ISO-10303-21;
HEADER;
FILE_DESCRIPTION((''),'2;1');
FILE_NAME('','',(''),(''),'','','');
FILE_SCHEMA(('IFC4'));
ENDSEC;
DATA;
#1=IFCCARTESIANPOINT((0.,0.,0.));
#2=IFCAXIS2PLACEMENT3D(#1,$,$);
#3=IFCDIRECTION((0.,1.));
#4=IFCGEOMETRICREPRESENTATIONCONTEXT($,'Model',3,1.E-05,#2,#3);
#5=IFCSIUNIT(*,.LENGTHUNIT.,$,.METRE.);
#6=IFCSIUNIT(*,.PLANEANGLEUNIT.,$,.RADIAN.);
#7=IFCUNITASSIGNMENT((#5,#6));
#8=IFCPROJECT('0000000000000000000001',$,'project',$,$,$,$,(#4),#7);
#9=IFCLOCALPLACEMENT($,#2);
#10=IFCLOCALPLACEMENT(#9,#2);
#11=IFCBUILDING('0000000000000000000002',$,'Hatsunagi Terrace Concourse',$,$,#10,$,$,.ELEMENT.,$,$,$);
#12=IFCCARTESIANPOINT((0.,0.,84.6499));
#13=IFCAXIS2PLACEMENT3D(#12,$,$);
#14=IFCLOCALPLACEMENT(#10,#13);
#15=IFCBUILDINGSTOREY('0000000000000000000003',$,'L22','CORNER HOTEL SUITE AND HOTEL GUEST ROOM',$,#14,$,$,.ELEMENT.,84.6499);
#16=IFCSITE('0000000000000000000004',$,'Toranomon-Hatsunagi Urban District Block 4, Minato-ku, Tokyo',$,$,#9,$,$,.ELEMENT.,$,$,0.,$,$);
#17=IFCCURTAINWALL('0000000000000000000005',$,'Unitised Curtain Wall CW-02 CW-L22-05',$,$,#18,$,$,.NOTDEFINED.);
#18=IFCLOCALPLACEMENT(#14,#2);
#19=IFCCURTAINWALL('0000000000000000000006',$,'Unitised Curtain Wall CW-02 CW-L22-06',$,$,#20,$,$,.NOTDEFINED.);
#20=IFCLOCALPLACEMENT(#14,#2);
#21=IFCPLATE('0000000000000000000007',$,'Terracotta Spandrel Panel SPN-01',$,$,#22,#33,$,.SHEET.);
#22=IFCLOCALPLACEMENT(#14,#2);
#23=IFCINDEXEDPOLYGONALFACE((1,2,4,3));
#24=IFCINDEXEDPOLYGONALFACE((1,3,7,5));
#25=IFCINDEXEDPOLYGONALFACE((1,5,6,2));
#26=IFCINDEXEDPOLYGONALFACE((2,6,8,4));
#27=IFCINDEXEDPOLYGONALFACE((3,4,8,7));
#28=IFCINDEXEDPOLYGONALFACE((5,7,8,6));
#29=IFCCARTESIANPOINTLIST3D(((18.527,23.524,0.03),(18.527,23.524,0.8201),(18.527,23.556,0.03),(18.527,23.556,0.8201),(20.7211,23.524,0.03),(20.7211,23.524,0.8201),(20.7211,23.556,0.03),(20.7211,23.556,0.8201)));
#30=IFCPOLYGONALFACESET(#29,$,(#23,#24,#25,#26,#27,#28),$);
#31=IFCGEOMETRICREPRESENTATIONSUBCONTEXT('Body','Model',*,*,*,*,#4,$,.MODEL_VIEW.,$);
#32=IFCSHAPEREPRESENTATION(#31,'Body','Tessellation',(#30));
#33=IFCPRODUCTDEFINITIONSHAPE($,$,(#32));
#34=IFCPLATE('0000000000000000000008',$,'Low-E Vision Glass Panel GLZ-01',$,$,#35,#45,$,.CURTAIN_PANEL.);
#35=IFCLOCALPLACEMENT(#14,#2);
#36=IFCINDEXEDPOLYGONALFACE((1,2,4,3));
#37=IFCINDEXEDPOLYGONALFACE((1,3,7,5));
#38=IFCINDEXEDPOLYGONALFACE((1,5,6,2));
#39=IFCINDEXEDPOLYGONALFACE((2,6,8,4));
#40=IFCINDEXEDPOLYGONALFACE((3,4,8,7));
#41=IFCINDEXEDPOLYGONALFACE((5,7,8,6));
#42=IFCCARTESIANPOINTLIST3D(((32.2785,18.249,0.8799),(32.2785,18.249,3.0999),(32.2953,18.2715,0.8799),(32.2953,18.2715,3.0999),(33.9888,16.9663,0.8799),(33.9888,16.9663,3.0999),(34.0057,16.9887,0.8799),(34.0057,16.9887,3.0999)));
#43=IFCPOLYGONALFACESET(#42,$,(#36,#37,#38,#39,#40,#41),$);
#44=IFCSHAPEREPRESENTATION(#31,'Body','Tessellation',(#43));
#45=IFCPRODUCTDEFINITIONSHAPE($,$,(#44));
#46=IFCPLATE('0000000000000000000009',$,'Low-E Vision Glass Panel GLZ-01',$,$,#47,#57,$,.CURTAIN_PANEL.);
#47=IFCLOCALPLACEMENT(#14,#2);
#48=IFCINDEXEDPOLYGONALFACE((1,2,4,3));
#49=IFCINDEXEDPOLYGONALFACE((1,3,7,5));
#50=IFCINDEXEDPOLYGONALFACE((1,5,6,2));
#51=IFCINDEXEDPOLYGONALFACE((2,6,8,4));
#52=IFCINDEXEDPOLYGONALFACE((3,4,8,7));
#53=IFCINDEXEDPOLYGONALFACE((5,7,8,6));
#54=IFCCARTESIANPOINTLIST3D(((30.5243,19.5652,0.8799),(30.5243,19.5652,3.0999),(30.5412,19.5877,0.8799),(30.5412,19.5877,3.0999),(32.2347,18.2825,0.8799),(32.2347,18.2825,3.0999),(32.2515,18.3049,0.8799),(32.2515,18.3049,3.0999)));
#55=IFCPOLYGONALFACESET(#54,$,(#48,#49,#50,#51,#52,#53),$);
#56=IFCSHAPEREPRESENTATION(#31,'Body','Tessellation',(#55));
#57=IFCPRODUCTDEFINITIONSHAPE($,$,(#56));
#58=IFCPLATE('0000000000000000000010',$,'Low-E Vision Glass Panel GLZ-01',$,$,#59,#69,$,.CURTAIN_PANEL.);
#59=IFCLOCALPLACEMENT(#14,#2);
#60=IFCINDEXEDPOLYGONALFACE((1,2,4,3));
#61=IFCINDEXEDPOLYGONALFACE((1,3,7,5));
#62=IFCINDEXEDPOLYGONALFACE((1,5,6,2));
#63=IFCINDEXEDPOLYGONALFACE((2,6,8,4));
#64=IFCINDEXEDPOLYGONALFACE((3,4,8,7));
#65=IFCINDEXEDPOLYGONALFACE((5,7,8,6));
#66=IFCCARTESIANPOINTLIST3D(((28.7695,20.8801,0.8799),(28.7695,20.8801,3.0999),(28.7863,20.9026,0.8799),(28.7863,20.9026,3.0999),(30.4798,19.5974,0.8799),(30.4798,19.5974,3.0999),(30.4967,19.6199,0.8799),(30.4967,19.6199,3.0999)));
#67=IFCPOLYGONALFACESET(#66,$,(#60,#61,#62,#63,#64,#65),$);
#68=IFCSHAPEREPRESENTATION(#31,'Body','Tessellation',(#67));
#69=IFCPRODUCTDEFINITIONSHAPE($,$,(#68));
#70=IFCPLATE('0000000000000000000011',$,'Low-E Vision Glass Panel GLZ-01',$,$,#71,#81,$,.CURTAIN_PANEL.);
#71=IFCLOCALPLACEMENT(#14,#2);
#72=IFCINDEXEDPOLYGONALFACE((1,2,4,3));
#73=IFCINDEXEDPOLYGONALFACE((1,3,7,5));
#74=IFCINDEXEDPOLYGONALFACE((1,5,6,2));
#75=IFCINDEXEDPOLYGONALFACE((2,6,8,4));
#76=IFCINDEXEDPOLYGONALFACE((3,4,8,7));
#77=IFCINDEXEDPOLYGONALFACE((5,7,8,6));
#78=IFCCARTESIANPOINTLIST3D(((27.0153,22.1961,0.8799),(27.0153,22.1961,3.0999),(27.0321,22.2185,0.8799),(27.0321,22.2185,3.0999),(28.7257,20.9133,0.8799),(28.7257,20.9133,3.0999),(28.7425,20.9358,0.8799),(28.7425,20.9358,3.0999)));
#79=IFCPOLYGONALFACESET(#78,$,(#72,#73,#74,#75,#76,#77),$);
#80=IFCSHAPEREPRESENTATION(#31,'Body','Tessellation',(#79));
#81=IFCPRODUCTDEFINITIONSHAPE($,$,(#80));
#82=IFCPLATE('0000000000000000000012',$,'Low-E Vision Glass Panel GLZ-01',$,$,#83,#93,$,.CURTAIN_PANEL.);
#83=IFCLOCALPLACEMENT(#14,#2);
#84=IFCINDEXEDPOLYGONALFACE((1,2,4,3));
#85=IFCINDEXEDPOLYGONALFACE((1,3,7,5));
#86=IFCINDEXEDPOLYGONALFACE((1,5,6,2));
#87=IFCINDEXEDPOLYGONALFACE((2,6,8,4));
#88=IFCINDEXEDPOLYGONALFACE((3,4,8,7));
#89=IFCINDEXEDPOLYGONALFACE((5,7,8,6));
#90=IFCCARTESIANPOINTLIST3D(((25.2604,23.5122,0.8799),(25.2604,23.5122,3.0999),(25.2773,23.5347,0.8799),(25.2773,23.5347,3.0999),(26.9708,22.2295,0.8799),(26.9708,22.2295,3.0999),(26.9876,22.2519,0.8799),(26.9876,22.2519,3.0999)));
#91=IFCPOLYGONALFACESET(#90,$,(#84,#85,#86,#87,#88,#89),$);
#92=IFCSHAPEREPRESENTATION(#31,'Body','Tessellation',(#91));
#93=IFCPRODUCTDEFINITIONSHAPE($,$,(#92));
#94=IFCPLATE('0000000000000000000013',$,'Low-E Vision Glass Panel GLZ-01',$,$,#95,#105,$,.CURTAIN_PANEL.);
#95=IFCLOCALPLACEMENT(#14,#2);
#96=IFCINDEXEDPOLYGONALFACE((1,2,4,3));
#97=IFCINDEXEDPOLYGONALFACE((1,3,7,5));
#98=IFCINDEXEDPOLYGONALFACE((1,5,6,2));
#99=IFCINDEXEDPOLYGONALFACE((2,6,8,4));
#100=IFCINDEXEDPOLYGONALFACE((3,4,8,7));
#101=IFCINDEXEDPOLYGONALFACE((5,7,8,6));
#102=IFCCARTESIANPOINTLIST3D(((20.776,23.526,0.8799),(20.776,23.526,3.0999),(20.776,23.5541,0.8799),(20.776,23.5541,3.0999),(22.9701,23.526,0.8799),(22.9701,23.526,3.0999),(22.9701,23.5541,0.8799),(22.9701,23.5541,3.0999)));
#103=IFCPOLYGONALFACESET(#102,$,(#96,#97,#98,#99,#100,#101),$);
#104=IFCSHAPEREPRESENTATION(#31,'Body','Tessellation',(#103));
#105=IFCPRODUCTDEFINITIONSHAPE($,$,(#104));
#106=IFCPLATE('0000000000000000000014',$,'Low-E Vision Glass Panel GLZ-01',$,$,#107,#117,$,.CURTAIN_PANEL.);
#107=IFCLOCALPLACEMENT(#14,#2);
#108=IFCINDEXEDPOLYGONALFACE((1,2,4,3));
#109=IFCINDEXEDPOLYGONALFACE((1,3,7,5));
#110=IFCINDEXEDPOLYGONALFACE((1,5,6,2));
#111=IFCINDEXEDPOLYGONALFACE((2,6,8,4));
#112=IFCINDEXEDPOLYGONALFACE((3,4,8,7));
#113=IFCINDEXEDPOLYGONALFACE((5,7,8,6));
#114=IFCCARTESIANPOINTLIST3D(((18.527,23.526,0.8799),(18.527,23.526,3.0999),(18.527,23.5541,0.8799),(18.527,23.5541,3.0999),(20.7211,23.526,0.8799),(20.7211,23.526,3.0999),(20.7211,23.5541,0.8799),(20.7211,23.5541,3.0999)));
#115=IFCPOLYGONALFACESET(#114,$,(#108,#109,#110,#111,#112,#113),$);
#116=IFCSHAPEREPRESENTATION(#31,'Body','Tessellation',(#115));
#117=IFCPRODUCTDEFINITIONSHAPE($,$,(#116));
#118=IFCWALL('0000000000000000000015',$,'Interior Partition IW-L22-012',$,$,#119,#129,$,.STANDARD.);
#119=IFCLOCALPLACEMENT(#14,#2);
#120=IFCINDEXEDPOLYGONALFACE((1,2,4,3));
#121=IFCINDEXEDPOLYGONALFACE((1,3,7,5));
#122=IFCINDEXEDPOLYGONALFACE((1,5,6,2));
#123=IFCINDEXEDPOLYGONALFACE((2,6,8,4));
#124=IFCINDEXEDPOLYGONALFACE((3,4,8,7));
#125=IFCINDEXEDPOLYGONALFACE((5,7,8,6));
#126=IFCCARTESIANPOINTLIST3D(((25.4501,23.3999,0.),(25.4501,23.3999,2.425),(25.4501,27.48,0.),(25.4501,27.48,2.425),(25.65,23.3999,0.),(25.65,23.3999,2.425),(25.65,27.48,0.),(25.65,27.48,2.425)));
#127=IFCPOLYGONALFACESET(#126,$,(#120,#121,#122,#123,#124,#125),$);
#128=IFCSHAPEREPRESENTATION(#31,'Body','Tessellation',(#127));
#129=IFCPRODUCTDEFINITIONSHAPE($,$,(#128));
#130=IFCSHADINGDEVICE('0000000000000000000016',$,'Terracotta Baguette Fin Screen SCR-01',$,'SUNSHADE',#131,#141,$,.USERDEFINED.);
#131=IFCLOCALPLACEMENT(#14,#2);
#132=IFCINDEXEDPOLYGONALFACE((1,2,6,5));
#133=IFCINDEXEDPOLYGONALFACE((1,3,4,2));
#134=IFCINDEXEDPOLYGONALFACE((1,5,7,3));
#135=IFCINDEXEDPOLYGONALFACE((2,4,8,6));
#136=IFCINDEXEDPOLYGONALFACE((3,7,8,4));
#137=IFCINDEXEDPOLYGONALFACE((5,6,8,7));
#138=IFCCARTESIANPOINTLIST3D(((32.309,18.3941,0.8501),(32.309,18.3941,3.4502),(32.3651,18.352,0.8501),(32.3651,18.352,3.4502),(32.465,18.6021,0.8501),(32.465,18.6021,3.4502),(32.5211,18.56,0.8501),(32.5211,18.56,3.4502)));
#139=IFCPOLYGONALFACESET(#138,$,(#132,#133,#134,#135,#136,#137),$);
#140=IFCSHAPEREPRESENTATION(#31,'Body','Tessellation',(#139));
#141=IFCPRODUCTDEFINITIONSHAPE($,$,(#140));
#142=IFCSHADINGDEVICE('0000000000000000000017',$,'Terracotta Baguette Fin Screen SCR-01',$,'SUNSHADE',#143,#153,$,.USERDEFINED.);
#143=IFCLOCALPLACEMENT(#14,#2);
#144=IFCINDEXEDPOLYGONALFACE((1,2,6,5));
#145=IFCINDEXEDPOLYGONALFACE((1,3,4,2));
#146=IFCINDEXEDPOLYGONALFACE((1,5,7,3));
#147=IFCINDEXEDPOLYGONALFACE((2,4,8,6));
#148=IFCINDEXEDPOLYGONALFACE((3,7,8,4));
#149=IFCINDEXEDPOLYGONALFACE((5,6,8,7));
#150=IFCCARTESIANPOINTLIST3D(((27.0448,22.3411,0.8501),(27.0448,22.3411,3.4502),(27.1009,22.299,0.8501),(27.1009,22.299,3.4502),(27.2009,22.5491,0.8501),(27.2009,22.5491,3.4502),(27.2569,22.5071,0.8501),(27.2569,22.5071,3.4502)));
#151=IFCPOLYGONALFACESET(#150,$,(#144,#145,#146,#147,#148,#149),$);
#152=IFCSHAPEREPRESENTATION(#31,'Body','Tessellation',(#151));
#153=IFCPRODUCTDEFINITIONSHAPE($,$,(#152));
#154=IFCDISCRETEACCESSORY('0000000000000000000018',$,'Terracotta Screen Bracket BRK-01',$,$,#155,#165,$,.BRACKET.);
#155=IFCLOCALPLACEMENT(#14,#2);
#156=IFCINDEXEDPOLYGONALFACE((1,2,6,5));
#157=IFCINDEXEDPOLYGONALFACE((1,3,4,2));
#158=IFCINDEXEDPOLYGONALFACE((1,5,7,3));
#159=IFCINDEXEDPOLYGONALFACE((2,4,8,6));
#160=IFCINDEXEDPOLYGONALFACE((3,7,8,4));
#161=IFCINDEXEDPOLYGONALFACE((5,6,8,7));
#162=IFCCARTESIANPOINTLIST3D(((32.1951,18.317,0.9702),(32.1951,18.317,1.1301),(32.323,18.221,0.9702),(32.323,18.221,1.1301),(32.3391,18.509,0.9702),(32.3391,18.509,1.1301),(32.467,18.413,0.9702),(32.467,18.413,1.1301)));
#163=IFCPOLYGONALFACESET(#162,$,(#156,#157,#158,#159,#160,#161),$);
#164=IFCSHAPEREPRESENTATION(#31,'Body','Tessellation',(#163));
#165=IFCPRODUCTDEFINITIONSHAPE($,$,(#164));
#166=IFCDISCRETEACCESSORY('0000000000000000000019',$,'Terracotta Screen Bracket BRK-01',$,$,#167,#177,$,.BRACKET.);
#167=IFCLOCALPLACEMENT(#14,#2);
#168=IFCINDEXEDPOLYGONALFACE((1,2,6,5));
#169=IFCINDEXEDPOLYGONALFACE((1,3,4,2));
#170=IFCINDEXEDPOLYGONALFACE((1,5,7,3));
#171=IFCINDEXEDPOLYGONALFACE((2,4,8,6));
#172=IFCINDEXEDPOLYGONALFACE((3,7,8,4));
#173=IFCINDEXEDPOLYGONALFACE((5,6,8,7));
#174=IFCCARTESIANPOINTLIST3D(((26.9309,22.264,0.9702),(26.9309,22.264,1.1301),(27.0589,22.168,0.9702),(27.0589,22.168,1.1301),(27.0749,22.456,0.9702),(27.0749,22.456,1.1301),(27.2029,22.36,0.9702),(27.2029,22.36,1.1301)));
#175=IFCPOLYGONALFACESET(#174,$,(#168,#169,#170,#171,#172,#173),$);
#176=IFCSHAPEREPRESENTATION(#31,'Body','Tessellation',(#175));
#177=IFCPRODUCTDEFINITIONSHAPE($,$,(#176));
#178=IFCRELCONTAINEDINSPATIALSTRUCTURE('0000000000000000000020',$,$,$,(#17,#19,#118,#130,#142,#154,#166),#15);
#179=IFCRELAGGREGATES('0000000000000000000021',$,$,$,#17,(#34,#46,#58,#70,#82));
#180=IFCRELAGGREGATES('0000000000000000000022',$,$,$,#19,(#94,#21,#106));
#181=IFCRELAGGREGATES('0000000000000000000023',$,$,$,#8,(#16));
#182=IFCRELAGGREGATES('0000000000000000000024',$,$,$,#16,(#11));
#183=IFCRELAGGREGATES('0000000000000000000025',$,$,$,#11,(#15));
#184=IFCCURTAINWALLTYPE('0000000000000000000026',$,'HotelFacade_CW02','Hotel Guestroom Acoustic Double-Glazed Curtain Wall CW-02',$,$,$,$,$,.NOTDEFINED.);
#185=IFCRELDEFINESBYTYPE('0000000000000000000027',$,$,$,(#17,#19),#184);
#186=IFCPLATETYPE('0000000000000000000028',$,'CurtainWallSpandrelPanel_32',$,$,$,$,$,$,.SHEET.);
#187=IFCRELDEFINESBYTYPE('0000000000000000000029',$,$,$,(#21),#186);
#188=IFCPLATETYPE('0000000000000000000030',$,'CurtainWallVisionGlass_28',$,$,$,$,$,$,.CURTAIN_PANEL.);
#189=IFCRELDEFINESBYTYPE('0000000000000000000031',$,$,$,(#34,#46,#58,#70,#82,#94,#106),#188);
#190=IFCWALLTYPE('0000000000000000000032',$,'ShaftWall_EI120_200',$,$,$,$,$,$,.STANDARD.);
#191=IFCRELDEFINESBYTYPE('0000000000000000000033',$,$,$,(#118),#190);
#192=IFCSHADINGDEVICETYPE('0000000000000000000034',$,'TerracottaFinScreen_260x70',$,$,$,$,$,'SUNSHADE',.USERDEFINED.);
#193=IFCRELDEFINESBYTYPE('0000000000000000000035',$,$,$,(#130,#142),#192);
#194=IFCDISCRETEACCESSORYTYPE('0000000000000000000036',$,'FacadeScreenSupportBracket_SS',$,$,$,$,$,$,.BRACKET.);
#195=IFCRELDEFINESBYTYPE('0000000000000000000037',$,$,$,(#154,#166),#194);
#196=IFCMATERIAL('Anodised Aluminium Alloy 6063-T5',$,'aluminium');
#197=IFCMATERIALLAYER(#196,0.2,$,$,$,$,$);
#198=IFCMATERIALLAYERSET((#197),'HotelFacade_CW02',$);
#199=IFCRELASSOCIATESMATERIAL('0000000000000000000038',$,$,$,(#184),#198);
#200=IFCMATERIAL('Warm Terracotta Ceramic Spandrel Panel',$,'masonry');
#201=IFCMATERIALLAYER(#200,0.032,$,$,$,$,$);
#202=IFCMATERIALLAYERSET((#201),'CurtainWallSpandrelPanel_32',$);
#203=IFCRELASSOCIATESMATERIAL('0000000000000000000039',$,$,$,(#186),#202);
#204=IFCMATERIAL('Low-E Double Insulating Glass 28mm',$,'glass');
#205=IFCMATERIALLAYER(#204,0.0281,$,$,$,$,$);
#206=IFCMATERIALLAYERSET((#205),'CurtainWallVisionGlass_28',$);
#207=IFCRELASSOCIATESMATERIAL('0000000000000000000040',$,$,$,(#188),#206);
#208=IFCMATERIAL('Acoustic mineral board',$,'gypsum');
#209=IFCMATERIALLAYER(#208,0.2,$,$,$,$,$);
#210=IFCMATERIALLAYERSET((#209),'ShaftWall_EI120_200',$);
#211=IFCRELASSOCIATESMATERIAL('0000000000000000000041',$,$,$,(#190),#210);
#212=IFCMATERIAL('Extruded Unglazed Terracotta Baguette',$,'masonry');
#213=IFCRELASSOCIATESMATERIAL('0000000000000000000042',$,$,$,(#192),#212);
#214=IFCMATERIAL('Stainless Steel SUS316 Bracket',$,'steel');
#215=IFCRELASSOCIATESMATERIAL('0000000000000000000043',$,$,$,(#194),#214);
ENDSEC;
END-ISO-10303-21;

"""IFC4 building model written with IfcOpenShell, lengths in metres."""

from ifc_helpers import new_model, si_unit, direction, frame, frame_2d, origin, origin_2d, place, context, subcontext, project, spatial, rectangle, extrude, material, layer, layer_set, type_object, element, aggregate, save


model = new_model("IFC4")

# Units and contexts
model_context = context("Model", 3, precision=1e-05, world=origin(), true_north=direction((0.0, 1.0)))
body_context = subcontext(model_context, "Body", "Model", "MODEL_VIEW")
ifc_project = project(units=[si_unit("LENGTHUNIT", "METRE"), si_unit("PLANEANGLEUNIT", "RADIAN")], contexts=[model_context])

# Site, building, storey
site_placement = place(None, origin())
site = spatial("IfcSite", under=ifc_project, at=site_placement, Name="Toranomon-Hatsunagi Urban District Block 4, Minato-ku, Tokyo", CompositionType="ELEMENT", RefElevation=0.0)
building_placement = place(site_placement, origin())
building = spatial("IfcBuilding", under=site, at=building_placement, Name="Hatsunagi Terrace Concourse", CompositionType="ELEMENT")
storey_placement = place(building_placement, frame((0.0, 0.0, 84.6499)))
storey = spatial("IfcBuildingStorey", under=building, at=storey_placement, Name="L22", Description="CORNER HOTEL SUITE AND HOTEL GUEST ROOM", CompositionType="ELEMENT", Elevation=84.6499)

# Curtain walls
ifc_material_1 = material(Name="Anodised Aluminium Alloy 6063-T5", Category="aluminium")
ifc_layer_1 = layer(ifc_material_1, 0.2)
ifc_layer_set_1 = layer_set([ifc_layer_1], Name="HotelFacade_CW02")
curtain_wall_type = type_object("IfcCurtainWallType", Name="HotelFacade_CW02", Description="Hotel Guestroom Acoustic Double-Glazed Curtain Wall CW-02", PredefinedType="NOTDEFINED", material=ifc_layer_set_1)
curtain_wall_1_placement = place(storey_placement, origin())
curtain_wall_1 = element("IfcCurtainWall", 1, at=curtain_wall_1_placement, inside=storey, type_object=curtain_wall_type, Name="Unitised Curtain Wall CW-02 CW-L22-05", PredefinedType="NOTDEFINED")
curtain_wall_2_placement = place(storey_placement, origin())
curtain_wall_2 = element("IfcCurtainWall", 2, at=curtain_wall_2_placement, inside=storey, type_object=curtain_wall_type, Name="Unitised Curtain Wall CW-02 CW-L22-06", PredefinedType="NOTDEFINED")

# Plates
ifc_material_2 = material(Name="Warm Terracotta Ceramic Spandrel Panel", Category="masonry")
ifc_layer_2 = layer(ifc_material_2, 0.032)
ifc_layer_set_2 = layer_set([ifc_layer_2], Name="CurtainWallSpandrelPanel_32")
plate_type_1 = type_object("IfcPlateType", Name="CurtainWallSpandrelPanel_32", PredefinedType="SHEET", material=ifc_layer_set_2)
plate_1_placement = place(storey_placement, frame((19.624, 23.54, 0.03), z_axis=(0.0, 0.0, 1.0), x_axis=(-1.0, 0.0, 0.0)))
plate_1 = element("IfcPlate", 3, at=plate_1_placement, type_object=plate_type_1, Name="Terracotta Spandrel Panel SPN-01", PredefinedType="SHEET", context=body_context, shape_type="SweptSolid", body=[
    extrude(rectangle(XDim=2.1941, YDim=0.032, at=origin_2d()), origin(), (0.0, 0.0, 1.0), 0.79),
])
ifc_material_3 = material(Name="Low-E Double Insulating Glass 28mm", Category="glass")
ifc_layer_3 = layer(ifc_material_3, 0.0281)
ifc_layer_set_3 = layer_set([ifc_layer_3], Name="CurtainWallVisionGlass_28")
plate_type_2 = type_object("IfcPlateType", Name="CurtainWallVisionGlass_28", PredefinedType="CURTAIN_PANEL", material=ifc_layer_set_3)
plate_2_placement = place(storey_placement, frame((33.1421, 17.6189, 0.8799), z_axis=(0.0, 0.0, 1.0), x_axis=(-0.800003, 0.599996, 0.0)))
plate_2 = element("IfcPlate", 4, at=plate_2_placement, type_object=plate_type_2, Name="Low-E Vision Glass Panel GLZ-01", PredefinedType="CURTAIN_PANEL", context=body_context, shape_type="SweptSolid", body=[
    extrude(rectangle(XDim=2.1379, YDim=0.0281, at=origin_2d()), origin(), (0.0, 0.0, 1.0), 2.22),
])
plate_3_placement = place(storey_placement, frame((31.3879, 18.9351, 0.8799), z_axis=(0.0, 0.0, 1.0), x_axis=(-0.800003, 0.599996, 0.0)))
plate_3 = element("IfcPlate", 5, at=plate_3_placement, type_object=plate_type_2, Name="Low-E Vision Glass Panel GLZ-01", PredefinedType="CURTAIN_PANEL", context=body_context, shape_type="SweptSolid", body=[
    extrude(rectangle(XDim=2.1379, YDim=0.0281, at=origin_2d()), origin(), (0.0, 0.0, 1.0), 2.22),
])
plate_4_placement = place(storey_placement, frame((29.6331, 20.25, 0.8799), z_axis=(0.0, 0.0, 1.0), x_axis=(-0.800003, 0.599996, 0.0)))
plate_4 = element("IfcPlate", 6, at=plate_4_placement, type_object=plate_type_2, Name="Low-E Vision Glass Panel GLZ-01", PredefinedType="CURTAIN_PANEL", context=body_context, shape_type="SweptSolid", body=[
    extrude(rectangle(XDim=2.1379, YDim=0.0281, at=origin_2d()), origin(), (0.0, 0.0, 1.0), 2.22),
])
plate_5_placement = place(storey_placement, frame((27.8789, 21.5659, 0.8799), z_axis=(0.0, 0.0, 1.0), x_axis=(-0.800003, 0.599996, 0.0)))
plate_5 = element("IfcPlate", 7, at=plate_5_placement, type_object=plate_type_2, Name="Low-E Vision Glass Panel GLZ-01", PredefinedType="CURTAIN_PANEL", context=body_context, shape_type="SweptSolid", body=[
    extrude(rectangle(XDim=2.1379, YDim=0.0281, at=origin_2d()), origin(), (0.0, 0.0, 1.0), 2.22),
])
plate_6_placement = place(storey_placement, frame((26.124, 22.8821, 0.8799), z_axis=(0.0, 0.0, 1.0), x_axis=(-0.800003, 0.599996, 0.0)))
plate_6 = element("IfcPlate", 8, at=plate_6_placement, type_object=plate_type_2, Name="Low-E Vision Glass Panel GLZ-01", PredefinedType="CURTAIN_PANEL", context=body_context, shape_type="SweptSolid", body=[
    extrude(rectangle(XDim=2.1379, YDim=0.0281, at=origin_2d()), origin(), (0.0, 0.0, 1.0), 2.22),
])
aggregate(curtain_wall_1, [plate_2, plate_3, plate_4, plate_5, plate_6])
plate_7_placement = place(storey_placement, frame((21.873, 23.54, 0.8799), z_axis=(0.0, 0.0, 1.0), x_axis=(-1.0, 0.0, 0.0)))
plate_7 = element("IfcPlate", 9, at=plate_7_placement, type_object=plate_type_2, Name="Low-E Vision Glass Panel GLZ-01", PredefinedType="CURTAIN_PANEL", context=body_context, shape_type="SweptSolid", body=[
    extrude(rectangle(XDim=2.1941, YDim=0.0281, at=origin_2d()), origin(), (0.0, 0.0, 1.0), 2.22),
])
plate_8_placement = place(storey_placement, frame((19.624, 23.54, 0.8799), z_axis=(0.0, 0.0, 1.0), x_axis=(-1.0, 0.0, 0.0)))
plate_8 = element("IfcPlate", 10, at=plate_8_placement, type_object=plate_type_2, Name="Low-E Vision Glass Panel GLZ-01", PredefinedType="CURTAIN_PANEL", context=body_context, shape_type="SweptSolid", body=[
    extrude(rectangle(XDim=2.1941, YDim=0.0281, at=origin_2d()), origin(), (0.0, 0.0, 1.0), 2.22),
])
aggregate(curtain_wall_2, [plate_7, plate_1, plate_8])

# Wall
ifc_material_4 = material(Name="Acoustic mineral board", Category="gypsum")
ifc_layer_4 = layer(ifc_material_4, 0.2)
ifc_layer_set_4 = layer_set([ifc_layer_4], Name="ShaftWall_EI120_200")
wall_type = type_object("IfcWallType", Name="ShaftWall_EI120_200", PredefinedType="STANDARD", material=ifc_layer_set_4)
wall_placement = place(storey_placement, frame((25.55, 23.3999, 0.0), z_axis=(0.0, 0.0, 1.0), x_axis=(0.0, 1.0, 0.0)))
element("IfcWall", 11, at=wall_placement, inside=storey, type_object=wall_type, Name="Interior Partition IW-L22-012", PredefinedType="STANDARD", context=body_context, shape_type="SweptSolid", body=[
    extrude(rectangle(XDim=4.0801, YDim=0.2, at=frame_2d((2.04, 0.0))), origin(), (0.0, 0.0, 1.0), 2.425),
])

# Shading devices
ifc_material_5 = material(Name="Extruded Unglazed Terracotta Baguette", Category="masonry")
shading_device_type = type_object("IfcShadingDeviceType", Name="TerracottaFinScreen_260x70", ElementType="SUNSHADE", PredefinedType="USERDEFINED", material=ifc_material_5)
for number, where, z_axis, x_axis, name in (
    (12, (32.415, 18.4771, 0.8501), (0.0, 0.0, 1.0), (-0.800003, 0.599996, 0.0), "Terracotta Baguette Fin Screen SCR-01"),
    (13, (27.1509, 22.4241, 0.8501), (0.0, 0.0, 1.0), (-0.800003, 0.599996, 0.0), "Terracotta Baguette Fin Screen SCR-01"),
):
    element("IfcShadingDevice", number, at=place(storey_placement, frame(where, z_axis=z_axis, x_axis=x_axis)), inside=storey, type_object=shading_device_type, Name=name, ObjectType="SUNSHADE", PredefinedType="USERDEFINED", context=body_context, shape_type="SweptSolid", body=[
        extrude(rectangle(XDim=0.0701, YDim=0.26, at=origin_2d()), origin(), (0.0, 0.0, 1.0), 2.6001),
    ])

# Discrete accessories
ifc_material_6 = material(Name="Stainless Steel SUS316 Bracket", Category="steel")
discrete_accessory_type = type_object("IfcDiscreteAccessoryType", Name="FacadeScreenSupportBracket_SS", PredefinedType="BRACKET", material=ifc_material_6)
for number, where, z_axis, x_axis, name in (
    (14, (32.3311, 18.365, 0.9702), (0.0, 0.0, 1.0), (-0.800003, 0.599996, 0.0), "Terracotta Screen Bracket BRK-01"),
    (15, (27.0669, 22.312, 0.9702), (0.0, 0.0, 1.0), (-0.800003, 0.599996, 0.0), "Terracotta Screen Bracket BRK-01"),
):
    element("IfcDiscreteAccessory", number, at=place(storey_placement, frame(where, z_axis=z_axis, x_axis=x_axis)), inside=storey, type_object=discrete_accessory_type, Name=name, PredefinedType="BRACKET", context=body_context, shape_type="SweptSolid", body=[
        extrude(rectangle(XDim=0.1599, YDim=0.24, at=origin_2d()), origin(), (0.0, 0.0, 1.0), 0.1599),
    ])

save(model, "model.ifc")
